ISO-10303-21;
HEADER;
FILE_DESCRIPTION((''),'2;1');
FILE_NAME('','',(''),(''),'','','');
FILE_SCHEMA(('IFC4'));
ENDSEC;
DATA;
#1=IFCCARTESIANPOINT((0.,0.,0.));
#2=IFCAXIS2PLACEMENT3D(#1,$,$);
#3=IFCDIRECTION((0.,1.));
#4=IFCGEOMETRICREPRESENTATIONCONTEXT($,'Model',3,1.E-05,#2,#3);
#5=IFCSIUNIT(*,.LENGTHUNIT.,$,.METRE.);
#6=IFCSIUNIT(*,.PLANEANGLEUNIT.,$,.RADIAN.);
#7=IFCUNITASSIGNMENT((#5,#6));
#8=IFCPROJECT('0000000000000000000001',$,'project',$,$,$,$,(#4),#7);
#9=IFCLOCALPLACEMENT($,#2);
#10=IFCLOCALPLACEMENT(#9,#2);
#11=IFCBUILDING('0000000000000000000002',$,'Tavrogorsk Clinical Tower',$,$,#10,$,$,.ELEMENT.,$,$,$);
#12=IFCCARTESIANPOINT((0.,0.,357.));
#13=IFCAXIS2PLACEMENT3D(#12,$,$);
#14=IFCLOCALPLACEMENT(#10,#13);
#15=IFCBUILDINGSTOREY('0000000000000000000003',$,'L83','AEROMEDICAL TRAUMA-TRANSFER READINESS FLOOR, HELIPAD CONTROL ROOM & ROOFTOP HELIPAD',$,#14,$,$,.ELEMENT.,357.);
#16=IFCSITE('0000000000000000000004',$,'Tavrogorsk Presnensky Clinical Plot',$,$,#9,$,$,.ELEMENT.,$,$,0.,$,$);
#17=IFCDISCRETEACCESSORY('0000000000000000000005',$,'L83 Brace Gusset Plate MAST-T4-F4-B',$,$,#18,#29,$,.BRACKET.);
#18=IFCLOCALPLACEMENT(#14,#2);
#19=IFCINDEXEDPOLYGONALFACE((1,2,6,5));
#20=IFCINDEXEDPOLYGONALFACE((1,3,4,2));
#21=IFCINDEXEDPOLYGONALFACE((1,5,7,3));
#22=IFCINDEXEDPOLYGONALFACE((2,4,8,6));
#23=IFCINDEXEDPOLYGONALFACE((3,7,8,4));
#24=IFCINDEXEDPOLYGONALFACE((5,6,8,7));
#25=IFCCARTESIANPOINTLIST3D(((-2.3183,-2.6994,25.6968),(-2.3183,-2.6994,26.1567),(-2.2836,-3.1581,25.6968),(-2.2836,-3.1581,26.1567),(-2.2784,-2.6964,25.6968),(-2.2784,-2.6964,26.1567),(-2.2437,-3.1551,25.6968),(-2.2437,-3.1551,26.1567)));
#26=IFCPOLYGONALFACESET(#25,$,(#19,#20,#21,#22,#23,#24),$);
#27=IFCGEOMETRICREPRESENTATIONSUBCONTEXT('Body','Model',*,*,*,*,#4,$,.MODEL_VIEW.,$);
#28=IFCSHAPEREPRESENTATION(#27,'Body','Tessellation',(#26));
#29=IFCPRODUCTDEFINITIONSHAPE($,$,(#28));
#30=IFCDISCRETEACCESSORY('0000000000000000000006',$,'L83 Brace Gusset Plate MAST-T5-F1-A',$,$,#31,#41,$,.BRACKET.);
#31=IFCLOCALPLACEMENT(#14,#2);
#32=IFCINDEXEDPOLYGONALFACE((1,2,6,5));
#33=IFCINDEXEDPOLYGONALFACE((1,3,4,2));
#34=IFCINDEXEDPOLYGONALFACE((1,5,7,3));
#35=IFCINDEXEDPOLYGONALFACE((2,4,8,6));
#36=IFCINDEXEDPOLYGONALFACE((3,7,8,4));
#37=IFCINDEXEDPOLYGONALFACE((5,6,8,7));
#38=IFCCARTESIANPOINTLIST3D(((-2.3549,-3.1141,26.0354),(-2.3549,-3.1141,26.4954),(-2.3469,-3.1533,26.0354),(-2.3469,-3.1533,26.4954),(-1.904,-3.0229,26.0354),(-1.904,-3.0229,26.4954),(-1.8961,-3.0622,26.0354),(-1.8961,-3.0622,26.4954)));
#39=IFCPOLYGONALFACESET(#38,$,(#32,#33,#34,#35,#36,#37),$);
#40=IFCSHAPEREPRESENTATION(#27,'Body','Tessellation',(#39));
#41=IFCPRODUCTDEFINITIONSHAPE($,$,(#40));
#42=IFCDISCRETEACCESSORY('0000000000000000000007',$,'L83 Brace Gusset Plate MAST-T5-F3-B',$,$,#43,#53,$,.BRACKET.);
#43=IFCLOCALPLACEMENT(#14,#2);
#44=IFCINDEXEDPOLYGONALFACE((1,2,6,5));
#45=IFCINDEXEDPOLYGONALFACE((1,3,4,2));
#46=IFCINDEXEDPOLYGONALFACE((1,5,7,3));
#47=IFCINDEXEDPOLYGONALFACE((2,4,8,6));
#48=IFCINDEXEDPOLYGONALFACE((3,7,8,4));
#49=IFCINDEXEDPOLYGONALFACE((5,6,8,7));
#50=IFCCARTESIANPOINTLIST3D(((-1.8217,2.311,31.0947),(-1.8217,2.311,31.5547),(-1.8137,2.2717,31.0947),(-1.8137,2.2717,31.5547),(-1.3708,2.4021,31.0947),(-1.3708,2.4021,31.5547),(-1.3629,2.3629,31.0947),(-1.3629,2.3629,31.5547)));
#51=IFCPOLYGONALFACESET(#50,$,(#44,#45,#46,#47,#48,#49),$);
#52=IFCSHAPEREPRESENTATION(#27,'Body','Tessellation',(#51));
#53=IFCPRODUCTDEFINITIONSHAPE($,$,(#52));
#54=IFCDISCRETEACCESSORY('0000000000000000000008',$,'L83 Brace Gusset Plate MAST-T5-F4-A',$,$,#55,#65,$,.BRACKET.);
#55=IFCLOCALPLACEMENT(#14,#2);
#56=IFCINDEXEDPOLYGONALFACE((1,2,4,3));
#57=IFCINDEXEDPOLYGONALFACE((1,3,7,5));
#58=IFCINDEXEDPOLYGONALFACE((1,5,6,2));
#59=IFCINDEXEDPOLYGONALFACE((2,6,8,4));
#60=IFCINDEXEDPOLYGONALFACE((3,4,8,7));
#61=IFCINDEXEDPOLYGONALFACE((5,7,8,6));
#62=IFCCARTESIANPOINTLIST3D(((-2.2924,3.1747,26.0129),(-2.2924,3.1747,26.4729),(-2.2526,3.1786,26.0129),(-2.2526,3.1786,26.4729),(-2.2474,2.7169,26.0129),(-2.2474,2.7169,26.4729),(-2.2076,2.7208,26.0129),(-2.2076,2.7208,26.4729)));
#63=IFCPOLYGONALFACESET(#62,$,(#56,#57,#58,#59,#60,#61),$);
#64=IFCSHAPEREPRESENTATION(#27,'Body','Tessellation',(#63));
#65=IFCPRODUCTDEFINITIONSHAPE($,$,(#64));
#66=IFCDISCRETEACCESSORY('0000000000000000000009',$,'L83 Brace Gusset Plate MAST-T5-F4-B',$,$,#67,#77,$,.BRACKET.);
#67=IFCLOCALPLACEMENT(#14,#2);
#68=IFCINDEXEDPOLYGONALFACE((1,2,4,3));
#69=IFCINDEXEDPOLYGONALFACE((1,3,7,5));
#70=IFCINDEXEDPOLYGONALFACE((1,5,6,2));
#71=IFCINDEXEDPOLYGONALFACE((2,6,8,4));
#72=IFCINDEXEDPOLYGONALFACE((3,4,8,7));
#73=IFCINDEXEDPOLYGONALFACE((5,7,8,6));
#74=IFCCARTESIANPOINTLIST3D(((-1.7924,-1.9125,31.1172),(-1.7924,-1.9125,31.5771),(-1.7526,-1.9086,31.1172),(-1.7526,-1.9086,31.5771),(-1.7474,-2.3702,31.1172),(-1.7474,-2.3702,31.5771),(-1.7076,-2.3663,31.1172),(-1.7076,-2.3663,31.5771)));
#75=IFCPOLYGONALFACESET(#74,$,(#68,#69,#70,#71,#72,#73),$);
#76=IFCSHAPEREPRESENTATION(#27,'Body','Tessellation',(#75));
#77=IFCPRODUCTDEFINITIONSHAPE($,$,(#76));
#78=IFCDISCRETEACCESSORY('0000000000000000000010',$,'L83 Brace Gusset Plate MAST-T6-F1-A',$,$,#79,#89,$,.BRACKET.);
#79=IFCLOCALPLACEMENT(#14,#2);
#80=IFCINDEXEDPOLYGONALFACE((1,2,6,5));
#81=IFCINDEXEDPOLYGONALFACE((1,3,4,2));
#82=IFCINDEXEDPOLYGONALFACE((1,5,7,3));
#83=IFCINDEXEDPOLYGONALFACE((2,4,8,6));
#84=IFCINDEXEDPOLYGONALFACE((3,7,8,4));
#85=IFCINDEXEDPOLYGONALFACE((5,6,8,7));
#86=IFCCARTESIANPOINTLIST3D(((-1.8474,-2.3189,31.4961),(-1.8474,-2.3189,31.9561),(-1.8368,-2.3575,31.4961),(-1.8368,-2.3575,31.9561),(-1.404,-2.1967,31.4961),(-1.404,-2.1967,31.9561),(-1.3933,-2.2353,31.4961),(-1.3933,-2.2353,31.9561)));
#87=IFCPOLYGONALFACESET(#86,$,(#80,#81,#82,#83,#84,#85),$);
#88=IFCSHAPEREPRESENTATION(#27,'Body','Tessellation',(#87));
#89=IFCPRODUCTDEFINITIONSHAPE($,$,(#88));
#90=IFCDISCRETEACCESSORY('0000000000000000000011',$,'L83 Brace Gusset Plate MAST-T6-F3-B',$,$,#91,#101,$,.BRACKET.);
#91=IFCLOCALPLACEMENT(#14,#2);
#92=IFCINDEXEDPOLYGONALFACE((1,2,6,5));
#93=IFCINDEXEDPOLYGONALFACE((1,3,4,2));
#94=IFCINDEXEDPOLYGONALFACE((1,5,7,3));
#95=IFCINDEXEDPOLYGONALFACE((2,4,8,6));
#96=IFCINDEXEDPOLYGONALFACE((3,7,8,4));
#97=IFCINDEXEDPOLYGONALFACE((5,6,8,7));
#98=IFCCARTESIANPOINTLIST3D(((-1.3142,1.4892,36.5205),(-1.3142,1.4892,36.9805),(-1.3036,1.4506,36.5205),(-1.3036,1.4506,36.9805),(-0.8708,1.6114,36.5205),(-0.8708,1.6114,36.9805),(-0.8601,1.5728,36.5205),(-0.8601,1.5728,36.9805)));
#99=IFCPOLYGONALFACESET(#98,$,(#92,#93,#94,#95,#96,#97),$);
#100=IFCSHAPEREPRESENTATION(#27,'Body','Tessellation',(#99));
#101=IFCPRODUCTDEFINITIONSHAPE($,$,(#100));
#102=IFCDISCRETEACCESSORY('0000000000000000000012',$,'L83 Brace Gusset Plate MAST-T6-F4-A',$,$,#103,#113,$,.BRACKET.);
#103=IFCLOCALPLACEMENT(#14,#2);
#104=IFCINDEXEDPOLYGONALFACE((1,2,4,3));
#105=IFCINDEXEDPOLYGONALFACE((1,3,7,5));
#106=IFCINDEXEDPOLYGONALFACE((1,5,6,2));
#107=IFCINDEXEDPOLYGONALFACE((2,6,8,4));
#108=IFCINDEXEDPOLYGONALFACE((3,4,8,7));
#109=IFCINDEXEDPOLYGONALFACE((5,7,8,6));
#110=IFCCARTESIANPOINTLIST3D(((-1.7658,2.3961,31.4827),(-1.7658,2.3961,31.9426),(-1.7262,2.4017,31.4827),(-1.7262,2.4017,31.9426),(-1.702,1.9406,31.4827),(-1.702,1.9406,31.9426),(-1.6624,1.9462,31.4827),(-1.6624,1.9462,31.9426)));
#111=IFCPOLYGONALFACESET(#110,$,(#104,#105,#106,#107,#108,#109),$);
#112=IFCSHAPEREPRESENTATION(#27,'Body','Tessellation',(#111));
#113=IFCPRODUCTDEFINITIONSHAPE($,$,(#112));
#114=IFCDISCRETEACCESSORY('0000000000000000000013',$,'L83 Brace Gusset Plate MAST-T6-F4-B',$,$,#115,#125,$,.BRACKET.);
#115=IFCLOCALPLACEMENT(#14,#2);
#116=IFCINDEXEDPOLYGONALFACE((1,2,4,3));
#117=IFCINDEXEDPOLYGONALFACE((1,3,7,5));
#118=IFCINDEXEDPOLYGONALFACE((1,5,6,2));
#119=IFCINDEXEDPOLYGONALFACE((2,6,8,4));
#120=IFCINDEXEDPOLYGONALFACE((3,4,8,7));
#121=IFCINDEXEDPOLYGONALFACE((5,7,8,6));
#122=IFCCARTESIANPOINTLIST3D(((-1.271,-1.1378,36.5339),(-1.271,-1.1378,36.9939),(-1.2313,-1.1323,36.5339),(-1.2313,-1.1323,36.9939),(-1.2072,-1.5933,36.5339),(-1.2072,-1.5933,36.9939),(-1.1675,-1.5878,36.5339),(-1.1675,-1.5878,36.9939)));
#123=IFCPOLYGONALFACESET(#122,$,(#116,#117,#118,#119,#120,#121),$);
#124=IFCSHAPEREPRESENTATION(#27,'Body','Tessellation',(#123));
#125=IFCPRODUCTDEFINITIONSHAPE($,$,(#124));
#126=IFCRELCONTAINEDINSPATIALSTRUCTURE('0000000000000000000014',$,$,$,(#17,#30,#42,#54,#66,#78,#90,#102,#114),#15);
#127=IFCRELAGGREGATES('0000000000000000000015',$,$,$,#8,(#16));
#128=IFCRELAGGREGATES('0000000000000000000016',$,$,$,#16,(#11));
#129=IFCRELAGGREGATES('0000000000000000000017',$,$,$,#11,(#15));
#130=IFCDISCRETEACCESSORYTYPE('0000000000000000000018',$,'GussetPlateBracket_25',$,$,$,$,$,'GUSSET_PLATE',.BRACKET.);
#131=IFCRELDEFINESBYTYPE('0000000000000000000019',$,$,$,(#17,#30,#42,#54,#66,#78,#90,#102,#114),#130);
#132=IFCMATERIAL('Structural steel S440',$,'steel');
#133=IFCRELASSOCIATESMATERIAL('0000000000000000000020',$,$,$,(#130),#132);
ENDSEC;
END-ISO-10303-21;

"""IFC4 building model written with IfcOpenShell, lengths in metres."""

from ifc_helpers import new_model, si_unit, direction, frame, origin, origin_2d, place, context, subcontext, project, spatial, rectangle, extrude, material, type_object, element, save


model = new_model("IFC4")

# Units and contexts
model_context = context("Model", 3, precision=1e-05, world=origin(), true_north=direction((0.0, 1.0)))
body_context = subcontext(model_context, "Body", "Model", "MODEL_VIEW")
ifc_project = project(units=[si_unit("LENGTHUNIT", "METRE"), si_unit("PLANEANGLEUNIT", "RADIAN")], contexts=[model_context])

# Site, building, storey
site_placement = place(None, origin())
site = spatial("IfcSite", under=ifc_project, at=site_placement, Name="Tavrogorsk Presnensky Clinical Plot", CompositionType="ELEMENT", RefElevation=0.0)
building_placement = place(site_placement, origin())
building = spatial("IfcBuilding", under=site, at=building_placement, Name="Tavrogorsk Clinical Tower", CompositionType="ELEMENT")
storey_placement = place(building_placement, frame((0.0, 0.0, 357.0)))
storey = spatial("IfcBuildingStorey", under=building, at=storey_placement, Name="L83", Description="AEROMEDICAL TRAUMA-TRANSFER READINESS FLOOR, HELIPAD CONTROL ROOM & ROOFTOP HELIPAD", CompositionType="ELEMENT", Elevation=357.0)

# Discrete accessories
ifc_material_1 = material(Name="Structural steel S440", Category="steel")
discrete_accessory_type = type_object("IfcDiscreteAccessoryType", Name="GussetPlateBracket_25", ElementType="GUSSET_PLATE", PredefinedType="BRACKET", material=ifc_material_1)
for number, where, z_axis, x_axis, name in (
    (1, (-2.281, -2.9272, 25.6968), (0.0, 0.0, 1.0), (0.075501, -0.997146, 0.0), "L83 Brace Gusset Plate MAST-T4-F4-B"),
    (2, (-2.1255, -3.0881, 26.0354), (0.0, 0.0, 1.0), (0.980168, 0.198171, 0.0), "L83 Brace Gusset Plate MAST-T5-F1-A"),
    (3, (-1.5923, 2.3369, 31.0947), (0.0, 0.0, 1.0), (-0.980168, -0.198171, 0.0), "L83 Brace Gusset Plate MAST-T5-F3-B"),
    (4, (-2.25, 2.9478, 26.0129), (0.0, 0.0, 1.0), (0.09793, -0.995193, 0.0), "L83 Brace Gusset Plate MAST-T5-F4-A"),
    (5, (-1.75, -2.1394, 31.1172), (0.0, 0.0, 1.0), (0.09793, -0.995193, 0.0), "L83 Brace Gusset Plate MAST-T5-F4-B"),
    (6, (-1.6204, -2.2771, 31.4961), (0.0, 0.0, 1.0), (0.964049, 0.265724, 0.0), "L83 Brace Gusset Plate MAST-T6-F1-A"),
    (7, (-1.0872, 1.531, 36.5205), (0.0, 0.0, 1.0), (-0.964049, -0.265724, 0.0), "L83 Brace Gusset Plate MAST-T6-F3-B"),
    (8, (-1.7141, 2.1711, 31.4827), (0.0, 0.0, 1.0), (0.138655, -0.990341, 0.0), "L83 Brace Gusset Plate MAST-T6-F4-A"),
    (9, (-1.2192, -1.3628, 36.5339), (0.0, 0.0, 1.0), (0.138655, -0.990341, 0.0), "L83 Brace Gusset Plate MAST-T6-F4-B"),
):
    element("IfcDiscreteAccessory", number, at=place(storey_placement, frame(where, z_axis=z_axis, x_axis=x_axis)), inside=storey, type_object=discrete_accessory_type, Name=name, PredefinedType="BRACKET", context=body_context, shape_type="SweptSolid", body=[
        extrude(rectangle(XDim=0.46, YDim=0.04, at=origin_2d()), origin(), (0.0, 0.0, 1.0), 0.46),
    ])

save(model, "model.ifc")
